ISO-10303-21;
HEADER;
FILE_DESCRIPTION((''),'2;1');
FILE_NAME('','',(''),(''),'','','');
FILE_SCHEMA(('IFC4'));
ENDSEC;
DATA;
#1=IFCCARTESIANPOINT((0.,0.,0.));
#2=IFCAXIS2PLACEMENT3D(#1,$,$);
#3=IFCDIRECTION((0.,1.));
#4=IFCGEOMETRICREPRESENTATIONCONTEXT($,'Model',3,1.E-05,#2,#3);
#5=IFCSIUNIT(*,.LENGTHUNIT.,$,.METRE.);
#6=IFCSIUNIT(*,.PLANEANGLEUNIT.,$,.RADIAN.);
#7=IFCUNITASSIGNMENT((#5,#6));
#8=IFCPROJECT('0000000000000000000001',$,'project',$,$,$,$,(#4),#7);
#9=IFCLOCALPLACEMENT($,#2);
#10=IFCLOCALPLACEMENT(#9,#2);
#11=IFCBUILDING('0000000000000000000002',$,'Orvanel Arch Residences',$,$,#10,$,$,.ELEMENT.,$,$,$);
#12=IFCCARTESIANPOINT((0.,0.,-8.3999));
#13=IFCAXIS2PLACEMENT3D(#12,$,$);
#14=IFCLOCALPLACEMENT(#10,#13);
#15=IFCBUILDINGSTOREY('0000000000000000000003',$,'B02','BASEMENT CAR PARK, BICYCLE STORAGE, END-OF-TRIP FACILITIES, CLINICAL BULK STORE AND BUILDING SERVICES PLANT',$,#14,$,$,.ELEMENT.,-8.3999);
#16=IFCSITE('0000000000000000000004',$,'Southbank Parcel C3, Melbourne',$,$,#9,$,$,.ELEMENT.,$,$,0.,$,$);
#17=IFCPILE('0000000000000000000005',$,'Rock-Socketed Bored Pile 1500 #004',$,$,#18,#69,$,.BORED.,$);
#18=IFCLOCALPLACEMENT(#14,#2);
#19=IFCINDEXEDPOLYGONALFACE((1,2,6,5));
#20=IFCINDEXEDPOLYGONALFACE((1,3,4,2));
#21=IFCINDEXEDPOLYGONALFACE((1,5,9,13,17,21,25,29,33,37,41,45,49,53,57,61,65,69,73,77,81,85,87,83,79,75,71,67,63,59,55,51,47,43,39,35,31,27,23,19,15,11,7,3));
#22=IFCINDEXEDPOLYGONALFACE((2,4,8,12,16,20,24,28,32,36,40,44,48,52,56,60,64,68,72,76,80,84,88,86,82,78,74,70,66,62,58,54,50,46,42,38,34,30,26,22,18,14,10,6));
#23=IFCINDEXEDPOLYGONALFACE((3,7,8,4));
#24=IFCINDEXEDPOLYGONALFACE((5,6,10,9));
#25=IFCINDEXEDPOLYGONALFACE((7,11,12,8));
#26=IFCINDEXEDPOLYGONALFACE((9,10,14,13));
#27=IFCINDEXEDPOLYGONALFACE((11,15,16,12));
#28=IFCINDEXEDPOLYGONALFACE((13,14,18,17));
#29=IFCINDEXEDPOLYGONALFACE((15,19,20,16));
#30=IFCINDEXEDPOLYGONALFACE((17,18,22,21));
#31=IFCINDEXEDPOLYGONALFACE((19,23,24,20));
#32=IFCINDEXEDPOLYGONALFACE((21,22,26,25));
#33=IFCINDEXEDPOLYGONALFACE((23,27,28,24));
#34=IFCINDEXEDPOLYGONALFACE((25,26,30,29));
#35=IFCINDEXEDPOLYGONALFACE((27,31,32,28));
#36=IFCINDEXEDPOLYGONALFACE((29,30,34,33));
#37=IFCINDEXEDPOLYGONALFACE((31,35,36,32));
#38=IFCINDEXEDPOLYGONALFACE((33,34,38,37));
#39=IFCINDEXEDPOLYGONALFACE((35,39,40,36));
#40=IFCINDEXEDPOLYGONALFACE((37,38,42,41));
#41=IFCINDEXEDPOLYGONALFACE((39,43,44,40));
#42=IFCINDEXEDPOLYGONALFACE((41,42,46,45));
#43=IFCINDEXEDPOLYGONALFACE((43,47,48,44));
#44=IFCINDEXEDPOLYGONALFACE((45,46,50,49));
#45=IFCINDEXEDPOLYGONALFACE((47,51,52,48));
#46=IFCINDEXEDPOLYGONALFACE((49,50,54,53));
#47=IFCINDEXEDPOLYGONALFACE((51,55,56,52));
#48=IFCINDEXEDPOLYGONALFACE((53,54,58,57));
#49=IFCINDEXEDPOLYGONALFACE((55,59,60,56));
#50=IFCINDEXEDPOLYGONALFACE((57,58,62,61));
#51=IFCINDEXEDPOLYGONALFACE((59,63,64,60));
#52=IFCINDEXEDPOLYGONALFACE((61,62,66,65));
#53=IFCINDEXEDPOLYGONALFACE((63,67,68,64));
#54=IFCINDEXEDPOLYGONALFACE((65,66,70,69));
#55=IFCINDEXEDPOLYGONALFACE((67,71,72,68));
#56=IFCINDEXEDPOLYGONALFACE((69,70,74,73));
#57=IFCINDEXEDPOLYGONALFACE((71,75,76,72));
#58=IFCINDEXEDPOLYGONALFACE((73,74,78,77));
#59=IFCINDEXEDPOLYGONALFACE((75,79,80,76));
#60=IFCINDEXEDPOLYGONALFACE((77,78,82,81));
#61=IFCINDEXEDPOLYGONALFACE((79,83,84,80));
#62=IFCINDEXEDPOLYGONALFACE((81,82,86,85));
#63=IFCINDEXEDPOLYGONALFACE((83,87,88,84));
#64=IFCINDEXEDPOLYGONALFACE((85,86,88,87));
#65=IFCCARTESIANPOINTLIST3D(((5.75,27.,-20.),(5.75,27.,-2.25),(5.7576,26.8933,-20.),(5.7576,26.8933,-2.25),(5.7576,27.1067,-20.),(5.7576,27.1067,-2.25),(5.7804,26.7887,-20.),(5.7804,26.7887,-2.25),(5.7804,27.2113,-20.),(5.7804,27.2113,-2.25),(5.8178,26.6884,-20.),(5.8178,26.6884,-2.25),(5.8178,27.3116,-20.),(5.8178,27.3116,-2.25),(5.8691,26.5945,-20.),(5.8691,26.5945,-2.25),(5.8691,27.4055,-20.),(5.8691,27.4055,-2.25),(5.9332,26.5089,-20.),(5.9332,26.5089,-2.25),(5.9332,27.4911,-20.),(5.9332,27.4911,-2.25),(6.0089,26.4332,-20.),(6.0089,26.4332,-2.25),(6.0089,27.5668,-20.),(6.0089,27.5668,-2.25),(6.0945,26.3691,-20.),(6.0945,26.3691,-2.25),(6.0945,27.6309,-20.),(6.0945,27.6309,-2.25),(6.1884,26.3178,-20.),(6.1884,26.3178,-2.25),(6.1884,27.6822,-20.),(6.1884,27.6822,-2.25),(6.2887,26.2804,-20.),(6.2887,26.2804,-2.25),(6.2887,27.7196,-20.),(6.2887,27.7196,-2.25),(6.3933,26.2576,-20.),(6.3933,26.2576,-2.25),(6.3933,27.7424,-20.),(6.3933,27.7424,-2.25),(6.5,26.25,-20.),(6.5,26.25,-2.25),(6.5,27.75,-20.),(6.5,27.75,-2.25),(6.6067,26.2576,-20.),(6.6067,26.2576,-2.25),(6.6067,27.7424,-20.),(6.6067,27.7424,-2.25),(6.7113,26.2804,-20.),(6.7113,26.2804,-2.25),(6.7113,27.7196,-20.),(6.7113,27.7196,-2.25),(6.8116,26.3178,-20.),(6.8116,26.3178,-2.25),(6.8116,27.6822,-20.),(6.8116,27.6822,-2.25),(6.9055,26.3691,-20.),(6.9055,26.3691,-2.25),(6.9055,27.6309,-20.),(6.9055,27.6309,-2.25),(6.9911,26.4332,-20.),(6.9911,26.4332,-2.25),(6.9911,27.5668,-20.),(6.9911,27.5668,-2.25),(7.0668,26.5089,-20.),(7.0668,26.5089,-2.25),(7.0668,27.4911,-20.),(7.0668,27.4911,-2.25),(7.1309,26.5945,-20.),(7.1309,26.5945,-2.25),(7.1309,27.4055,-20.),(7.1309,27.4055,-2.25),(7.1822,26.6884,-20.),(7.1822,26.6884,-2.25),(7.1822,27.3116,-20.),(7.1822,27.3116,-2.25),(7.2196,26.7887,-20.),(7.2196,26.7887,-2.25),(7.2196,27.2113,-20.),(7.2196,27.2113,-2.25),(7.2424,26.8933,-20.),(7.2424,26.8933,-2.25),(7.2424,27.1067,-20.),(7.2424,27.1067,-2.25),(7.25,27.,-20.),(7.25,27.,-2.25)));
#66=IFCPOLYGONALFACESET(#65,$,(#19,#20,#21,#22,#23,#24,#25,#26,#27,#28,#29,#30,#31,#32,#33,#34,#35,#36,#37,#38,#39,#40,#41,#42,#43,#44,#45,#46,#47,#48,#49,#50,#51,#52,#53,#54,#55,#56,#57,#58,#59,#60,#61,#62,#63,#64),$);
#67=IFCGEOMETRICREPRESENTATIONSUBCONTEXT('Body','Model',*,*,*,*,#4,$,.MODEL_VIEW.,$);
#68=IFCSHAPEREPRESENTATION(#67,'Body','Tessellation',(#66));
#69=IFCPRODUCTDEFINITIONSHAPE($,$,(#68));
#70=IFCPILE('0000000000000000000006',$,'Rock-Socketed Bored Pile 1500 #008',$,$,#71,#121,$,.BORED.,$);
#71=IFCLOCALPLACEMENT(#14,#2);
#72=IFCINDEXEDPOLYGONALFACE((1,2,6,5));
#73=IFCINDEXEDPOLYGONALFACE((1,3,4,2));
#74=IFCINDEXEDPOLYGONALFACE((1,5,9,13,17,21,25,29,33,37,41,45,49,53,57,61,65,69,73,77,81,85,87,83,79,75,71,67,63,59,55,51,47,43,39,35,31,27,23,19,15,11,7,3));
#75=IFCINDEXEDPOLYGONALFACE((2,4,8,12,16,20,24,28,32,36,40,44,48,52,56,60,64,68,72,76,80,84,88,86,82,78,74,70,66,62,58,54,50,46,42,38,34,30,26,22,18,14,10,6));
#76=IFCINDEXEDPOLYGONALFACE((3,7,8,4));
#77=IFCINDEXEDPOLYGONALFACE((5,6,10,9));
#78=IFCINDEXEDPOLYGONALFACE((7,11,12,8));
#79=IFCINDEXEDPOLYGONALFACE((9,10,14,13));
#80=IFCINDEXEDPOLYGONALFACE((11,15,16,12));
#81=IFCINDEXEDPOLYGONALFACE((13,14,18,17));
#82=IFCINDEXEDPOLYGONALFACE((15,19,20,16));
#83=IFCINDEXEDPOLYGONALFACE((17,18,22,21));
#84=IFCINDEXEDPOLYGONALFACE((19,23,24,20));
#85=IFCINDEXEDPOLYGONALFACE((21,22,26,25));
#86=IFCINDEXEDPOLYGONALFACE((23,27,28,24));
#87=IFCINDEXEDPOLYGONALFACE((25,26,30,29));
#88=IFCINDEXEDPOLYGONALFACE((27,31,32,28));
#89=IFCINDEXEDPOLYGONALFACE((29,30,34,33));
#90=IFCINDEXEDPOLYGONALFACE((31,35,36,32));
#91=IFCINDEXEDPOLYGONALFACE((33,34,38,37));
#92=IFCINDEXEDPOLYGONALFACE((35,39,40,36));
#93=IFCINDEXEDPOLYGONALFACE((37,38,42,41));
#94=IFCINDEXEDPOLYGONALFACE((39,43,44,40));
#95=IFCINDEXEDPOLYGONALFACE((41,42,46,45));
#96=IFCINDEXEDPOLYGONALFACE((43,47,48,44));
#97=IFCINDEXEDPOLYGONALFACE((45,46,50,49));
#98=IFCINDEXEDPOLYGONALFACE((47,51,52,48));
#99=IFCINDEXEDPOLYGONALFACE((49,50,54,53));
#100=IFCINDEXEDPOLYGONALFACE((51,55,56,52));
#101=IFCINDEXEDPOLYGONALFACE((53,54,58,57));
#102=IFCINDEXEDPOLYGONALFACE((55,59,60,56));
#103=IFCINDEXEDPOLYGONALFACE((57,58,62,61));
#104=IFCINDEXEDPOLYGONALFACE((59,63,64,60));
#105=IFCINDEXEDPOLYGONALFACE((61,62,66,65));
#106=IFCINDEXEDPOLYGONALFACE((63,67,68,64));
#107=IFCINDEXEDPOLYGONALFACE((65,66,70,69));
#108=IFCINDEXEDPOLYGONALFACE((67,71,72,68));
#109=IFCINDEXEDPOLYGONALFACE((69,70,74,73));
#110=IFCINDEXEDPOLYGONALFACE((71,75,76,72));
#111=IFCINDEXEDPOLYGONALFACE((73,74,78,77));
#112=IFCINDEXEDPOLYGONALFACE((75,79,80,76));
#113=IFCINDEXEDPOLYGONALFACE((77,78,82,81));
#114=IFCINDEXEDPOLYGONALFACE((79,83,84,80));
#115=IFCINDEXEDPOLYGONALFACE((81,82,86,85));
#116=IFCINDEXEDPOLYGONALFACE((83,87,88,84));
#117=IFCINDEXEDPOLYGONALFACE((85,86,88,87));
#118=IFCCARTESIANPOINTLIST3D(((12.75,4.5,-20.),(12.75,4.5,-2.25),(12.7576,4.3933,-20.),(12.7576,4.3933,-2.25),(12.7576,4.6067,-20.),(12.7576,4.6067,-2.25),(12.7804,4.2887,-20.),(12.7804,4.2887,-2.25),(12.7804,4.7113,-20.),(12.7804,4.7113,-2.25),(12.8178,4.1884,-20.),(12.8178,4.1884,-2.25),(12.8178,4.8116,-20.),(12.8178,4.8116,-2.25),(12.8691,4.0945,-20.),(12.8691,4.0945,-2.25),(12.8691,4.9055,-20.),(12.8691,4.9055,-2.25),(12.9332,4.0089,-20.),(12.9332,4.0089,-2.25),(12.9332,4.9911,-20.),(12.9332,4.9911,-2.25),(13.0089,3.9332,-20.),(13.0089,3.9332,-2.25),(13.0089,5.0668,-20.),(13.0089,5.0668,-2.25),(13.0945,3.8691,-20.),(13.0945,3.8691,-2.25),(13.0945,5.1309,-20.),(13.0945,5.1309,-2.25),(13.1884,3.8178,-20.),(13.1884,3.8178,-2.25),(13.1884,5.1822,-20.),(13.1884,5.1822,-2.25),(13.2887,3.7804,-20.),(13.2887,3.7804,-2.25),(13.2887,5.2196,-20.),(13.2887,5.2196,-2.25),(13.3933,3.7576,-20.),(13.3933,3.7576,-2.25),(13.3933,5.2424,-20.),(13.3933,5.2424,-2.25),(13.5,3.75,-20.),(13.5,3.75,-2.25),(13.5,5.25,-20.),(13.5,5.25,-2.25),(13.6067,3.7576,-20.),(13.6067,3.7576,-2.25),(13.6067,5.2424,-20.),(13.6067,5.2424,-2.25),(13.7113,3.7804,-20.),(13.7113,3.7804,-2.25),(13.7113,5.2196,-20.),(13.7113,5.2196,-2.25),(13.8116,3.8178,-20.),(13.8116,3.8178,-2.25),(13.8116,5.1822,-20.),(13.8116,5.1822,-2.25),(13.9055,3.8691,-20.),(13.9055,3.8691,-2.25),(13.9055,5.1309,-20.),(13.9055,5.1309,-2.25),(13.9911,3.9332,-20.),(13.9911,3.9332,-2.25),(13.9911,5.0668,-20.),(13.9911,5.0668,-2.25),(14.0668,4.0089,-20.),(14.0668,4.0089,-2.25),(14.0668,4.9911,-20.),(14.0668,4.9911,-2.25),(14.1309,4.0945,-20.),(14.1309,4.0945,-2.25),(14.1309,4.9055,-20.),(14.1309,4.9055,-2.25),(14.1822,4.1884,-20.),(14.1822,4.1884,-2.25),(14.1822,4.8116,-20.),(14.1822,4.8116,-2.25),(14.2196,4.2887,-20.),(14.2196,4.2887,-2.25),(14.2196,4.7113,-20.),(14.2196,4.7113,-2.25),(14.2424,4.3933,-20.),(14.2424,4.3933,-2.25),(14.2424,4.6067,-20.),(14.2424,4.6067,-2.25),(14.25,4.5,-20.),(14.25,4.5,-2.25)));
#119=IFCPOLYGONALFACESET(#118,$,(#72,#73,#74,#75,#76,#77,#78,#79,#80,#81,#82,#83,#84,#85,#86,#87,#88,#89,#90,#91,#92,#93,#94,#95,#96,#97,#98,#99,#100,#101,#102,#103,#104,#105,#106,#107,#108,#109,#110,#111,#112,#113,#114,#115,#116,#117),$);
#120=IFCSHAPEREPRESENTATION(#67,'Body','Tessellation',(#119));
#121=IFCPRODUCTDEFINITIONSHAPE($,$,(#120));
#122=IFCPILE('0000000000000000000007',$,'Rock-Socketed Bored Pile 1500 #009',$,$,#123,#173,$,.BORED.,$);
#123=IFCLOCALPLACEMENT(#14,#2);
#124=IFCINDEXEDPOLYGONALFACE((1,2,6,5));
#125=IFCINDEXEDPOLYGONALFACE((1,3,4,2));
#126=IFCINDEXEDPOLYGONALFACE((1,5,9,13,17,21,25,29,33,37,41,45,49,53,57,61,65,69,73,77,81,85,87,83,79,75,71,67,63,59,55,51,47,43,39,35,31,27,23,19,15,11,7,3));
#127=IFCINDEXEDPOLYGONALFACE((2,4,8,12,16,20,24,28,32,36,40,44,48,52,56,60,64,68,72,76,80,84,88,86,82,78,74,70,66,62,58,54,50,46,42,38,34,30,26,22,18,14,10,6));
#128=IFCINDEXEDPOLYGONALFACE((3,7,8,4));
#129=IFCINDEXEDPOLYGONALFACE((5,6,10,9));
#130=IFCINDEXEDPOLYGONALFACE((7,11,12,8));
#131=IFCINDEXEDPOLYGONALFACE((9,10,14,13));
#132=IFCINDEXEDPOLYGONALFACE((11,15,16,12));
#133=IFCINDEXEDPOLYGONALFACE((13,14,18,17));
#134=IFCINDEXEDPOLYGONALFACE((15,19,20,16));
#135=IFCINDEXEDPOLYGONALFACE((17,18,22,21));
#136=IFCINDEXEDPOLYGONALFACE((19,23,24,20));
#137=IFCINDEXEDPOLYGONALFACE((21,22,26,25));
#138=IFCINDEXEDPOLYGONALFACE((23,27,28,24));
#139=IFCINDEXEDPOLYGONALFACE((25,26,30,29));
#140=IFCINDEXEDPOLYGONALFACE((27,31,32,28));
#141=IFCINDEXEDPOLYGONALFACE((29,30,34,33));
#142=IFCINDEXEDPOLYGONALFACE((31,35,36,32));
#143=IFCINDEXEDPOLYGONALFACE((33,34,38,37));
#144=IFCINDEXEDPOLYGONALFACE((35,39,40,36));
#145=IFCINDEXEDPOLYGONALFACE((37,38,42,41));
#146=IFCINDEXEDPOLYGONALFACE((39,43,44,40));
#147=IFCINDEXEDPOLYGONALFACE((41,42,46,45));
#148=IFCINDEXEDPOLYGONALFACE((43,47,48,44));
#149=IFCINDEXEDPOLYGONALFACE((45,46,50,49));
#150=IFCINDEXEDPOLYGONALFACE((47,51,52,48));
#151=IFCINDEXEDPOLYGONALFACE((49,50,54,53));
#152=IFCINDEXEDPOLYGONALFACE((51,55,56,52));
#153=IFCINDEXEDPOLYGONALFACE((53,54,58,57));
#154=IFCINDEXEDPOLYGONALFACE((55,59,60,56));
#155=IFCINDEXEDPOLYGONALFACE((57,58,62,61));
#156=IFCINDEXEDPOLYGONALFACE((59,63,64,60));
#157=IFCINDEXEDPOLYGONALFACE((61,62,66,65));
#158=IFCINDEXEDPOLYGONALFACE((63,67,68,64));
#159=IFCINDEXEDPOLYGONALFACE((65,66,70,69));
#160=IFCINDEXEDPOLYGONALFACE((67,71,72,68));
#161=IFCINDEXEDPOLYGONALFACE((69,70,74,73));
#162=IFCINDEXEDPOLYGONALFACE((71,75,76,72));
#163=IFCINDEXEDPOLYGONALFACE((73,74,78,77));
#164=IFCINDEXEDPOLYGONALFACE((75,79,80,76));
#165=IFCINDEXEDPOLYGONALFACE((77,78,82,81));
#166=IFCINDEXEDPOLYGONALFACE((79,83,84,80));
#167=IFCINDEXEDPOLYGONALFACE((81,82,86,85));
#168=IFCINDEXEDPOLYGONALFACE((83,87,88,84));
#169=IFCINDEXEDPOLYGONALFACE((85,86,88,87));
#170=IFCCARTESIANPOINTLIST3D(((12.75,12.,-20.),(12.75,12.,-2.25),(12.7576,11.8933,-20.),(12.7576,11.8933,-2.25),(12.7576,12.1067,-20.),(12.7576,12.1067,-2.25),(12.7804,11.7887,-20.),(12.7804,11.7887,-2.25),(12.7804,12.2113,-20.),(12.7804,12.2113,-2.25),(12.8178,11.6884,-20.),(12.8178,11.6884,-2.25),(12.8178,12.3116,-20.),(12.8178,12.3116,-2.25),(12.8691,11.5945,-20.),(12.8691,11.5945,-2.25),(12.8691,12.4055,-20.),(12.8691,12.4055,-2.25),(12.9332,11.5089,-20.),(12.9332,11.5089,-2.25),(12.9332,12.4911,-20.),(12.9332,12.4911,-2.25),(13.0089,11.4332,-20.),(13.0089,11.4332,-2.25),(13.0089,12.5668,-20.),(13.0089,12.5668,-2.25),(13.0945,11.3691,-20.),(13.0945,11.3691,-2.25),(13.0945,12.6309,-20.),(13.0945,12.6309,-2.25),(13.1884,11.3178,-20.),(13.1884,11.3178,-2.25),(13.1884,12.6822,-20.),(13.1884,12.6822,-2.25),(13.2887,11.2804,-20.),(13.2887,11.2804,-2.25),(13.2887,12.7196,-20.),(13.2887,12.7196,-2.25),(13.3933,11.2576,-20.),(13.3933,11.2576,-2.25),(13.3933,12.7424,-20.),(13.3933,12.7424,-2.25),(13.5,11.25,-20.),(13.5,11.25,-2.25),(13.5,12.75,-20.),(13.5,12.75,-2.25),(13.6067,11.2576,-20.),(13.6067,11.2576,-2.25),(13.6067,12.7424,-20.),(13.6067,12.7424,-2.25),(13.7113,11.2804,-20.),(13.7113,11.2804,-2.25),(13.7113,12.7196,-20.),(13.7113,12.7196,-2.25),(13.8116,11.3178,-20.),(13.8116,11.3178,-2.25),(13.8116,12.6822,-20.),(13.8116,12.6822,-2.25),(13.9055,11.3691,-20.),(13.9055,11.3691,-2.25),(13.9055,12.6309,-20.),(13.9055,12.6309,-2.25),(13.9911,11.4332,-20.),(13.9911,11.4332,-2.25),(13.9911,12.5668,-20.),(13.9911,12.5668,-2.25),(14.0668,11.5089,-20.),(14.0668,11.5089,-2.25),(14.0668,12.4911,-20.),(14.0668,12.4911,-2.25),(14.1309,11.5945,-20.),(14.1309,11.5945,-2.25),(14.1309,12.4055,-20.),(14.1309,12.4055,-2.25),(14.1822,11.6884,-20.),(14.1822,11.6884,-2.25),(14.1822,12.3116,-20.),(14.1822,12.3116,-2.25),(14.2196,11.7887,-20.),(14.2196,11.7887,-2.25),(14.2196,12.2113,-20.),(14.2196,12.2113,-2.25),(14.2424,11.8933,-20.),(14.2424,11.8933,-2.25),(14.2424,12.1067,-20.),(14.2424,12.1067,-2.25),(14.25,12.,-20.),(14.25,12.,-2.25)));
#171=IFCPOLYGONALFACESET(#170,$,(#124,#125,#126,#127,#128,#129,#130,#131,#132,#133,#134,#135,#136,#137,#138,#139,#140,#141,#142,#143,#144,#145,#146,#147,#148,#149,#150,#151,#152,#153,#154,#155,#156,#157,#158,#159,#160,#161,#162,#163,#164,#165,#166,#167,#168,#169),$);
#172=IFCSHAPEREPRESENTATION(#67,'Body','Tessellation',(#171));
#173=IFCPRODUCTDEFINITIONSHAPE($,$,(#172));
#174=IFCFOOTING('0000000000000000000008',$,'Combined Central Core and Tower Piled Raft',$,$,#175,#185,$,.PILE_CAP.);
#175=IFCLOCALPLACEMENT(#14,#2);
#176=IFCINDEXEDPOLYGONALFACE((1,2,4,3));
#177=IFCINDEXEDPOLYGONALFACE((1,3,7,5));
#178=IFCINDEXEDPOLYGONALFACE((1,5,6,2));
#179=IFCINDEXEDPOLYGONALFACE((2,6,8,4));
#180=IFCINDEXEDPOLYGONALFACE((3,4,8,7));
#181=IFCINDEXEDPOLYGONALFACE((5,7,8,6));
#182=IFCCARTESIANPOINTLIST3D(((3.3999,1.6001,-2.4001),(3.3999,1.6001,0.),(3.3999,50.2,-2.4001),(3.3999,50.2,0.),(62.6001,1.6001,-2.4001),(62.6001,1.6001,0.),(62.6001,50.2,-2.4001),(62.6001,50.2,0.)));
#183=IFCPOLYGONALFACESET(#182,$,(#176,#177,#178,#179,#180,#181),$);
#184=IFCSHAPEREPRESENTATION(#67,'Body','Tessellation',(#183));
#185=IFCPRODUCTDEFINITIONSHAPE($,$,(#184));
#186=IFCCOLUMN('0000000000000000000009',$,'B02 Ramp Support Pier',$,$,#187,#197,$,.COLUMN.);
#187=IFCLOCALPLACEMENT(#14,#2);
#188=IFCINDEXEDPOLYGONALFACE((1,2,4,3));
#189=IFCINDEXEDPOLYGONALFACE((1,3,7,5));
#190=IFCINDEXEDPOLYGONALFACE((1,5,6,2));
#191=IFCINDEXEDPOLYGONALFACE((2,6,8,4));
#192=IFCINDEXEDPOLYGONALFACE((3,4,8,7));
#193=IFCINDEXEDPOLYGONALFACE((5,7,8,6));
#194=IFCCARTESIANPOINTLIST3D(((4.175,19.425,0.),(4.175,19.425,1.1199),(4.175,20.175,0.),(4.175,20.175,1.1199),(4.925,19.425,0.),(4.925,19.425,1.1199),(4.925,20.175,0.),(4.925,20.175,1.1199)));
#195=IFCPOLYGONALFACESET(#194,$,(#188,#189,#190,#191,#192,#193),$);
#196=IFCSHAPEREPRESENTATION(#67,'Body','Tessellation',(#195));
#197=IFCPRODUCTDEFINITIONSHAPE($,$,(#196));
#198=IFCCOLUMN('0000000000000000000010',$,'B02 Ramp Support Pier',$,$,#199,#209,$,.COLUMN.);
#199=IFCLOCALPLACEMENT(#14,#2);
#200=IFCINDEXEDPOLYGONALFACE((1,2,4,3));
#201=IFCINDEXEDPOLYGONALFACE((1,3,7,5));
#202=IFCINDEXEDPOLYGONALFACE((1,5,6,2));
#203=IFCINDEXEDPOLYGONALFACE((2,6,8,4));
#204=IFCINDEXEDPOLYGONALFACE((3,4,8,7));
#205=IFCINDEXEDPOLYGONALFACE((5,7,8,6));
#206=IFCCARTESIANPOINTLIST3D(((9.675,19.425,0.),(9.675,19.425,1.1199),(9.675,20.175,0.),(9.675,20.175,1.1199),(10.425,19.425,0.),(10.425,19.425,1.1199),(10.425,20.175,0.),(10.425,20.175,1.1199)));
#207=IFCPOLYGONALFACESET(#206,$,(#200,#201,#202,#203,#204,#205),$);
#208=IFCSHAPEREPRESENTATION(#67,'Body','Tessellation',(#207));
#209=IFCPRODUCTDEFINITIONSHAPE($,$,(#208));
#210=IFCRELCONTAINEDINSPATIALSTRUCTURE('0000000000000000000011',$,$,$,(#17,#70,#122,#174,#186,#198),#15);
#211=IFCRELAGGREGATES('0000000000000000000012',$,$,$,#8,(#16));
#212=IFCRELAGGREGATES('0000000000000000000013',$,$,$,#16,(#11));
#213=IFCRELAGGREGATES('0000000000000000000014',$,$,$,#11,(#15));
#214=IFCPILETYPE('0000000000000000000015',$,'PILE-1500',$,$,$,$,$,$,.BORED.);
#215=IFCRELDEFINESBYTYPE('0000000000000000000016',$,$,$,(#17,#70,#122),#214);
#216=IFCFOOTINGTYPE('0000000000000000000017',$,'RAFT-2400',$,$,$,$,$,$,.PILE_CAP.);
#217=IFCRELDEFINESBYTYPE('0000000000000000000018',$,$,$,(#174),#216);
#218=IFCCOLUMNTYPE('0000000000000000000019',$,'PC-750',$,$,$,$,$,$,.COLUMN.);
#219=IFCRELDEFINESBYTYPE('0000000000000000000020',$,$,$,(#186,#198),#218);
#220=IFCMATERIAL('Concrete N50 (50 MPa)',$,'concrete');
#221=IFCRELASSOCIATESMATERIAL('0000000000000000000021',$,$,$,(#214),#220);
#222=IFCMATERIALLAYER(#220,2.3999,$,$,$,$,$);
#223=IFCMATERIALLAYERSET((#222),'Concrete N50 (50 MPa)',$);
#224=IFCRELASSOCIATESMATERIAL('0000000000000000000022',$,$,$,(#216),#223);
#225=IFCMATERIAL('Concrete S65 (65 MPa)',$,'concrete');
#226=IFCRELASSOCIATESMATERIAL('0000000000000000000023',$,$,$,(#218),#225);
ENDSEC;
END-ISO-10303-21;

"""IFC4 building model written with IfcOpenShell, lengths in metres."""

from ifc_helpers import new_model, si_unit, direction, frame, origin, origin_2d, place, context, subcontext, project, spatial, polyline, rectangle, circle, outline, extrude, material, layer, layer_set, material_profile, profile_set, type_object, element, save


model = new_model("IFC4")

# Units and contexts
model_context = context("Model", 3, precision=1e-05, world=origin(), true_north=direction((0.0, 1.0)))
body_context = subcontext(model_context, "Body", "Model", "MODEL_VIEW")
ifc_project = project(units=[si_unit("LENGTHUNIT", "METRE"), si_unit("PLANEANGLEUNIT", "RADIAN")], contexts=[model_context])

# Site, building, storey
site_placement = place(None, origin())
site = spatial("IfcSite", under=ifc_project, at=site_placement, Name="Southbank Parcel C3, Melbourne", CompositionType="ELEMENT", RefElevation=0.0)
building_placement = place(site_placement, origin())
building = spatial("IfcBuilding", under=site, at=building_placement, Name="Orvanel Arch Residences", CompositionType="ELEMENT")
storey_placement = place(building_placement, frame((0.0, 0.0, -8.3999)))
storey = spatial("IfcBuildingStorey", under=building, at=storey_placement, Name="B02", Description="BASEMENT CAR PARK, BICYCLE STORAGE, END-OF-TRIP FACILITIES, CLINICAL BULK STORE AND BUILDING SERVICES PLANT", CompositionType="ELEMENT", Elevation=-8.3999)

# Piles
ifc_material_1 = material(Name="Concrete N50 (50 MPa)", Category="concrete")
ifc_material_profile_1 = material_profile(ifc_material_1, circle(Radius=0.75, at=origin_2d()), Name="PILE1500")
ifc_profile_set_1 = profile_set([ifc_material_profile_1], Name="Concrete N50 (50 MPa)")
pile_type = type_object("IfcPileType", Name="PILE-1500", PredefinedType="BORED", material=ifc_profile_set_1)
for number, where, z_axis, x_axis, name in (
    (1, (6.5, 27.0, -2.25), (0.0, 0.0, -1.0), (1.0, 0.0, 0.0), "Rock-Socketed Bored Pile 1500 #004"),
    (2, (13.5, 4.5, -2.25), (0.0, 0.0, -1.0), (1.0, 0.0, 0.0), "Rock-Socketed Bored Pile 1500 #008"),
    (3, (13.5, 12.0, -2.25), (0.0, 0.0, -1.0), (1.0, 0.0, 0.0), "Rock-Socketed Bored Pile 1500 #009"),
):
    element("IfcPile", number, at=place(storey_placement, frame(where, z_axis=z_axis, x_axis=x_axis)), inside=storey, type_object=pile_type, Name=name, PredefinedType="BORED", context=body_context, shape_type="SweptSolid", body=[
        extrude(circle(Radius=0.75, at=origin_2d()), origin(), (0.0, 0.0, 1.0), 17.75),
    ])

# Footing
ifc_layer_1 = layer(ifc_material_1, 2.3999)
ifc_layer_set_1 = layer_set([ifc_layer_1], Name="Concrete N50 (50 MPa)")
footing_type = type_object("IfcFootingType", Name="RAFT-2400", PredefinedType="PILE_CAP", material=ifc_layer_set_1)
footing_placement = place(storey_placement, frame((0.0, 0.0, -2.4001)))
element("IfcFooting", 4, at=footing_placement, inside=storey, type_object=footing_type, Name="Combined Central Core and Tower Piled Raft", PredefinedType="PILE_CAP", context=body_context, shape_type="SweptSolid", body=[
    extrude(outline(polyline([(3.3999, 1.6001), (62.6001, 1.6001), (62.6001, 50.2), (3.3999, 50.2), (3.3999, 1.6001)])), origin(), (0.0, 0.0, 1.0), 2.4001),
])

# Columns
ifc_material_2 = material(Name="Concrete S65 (65 MPa)", Category="concrete")
ifc_material_profile_2 = material_profile(ifc_material_2, rectangle(XDim=0.75, YDim=0.75, at=origin_2d()), Name="RC750x750")
ifc_profile_set_2 = profile_set([ifc_material_profile_2], Name="Concrete S65 (65 MPa)")
column_type_1 = type_object("IfcColumnType", Name="PC-750", PredefinedType="COLUMN", material=ifc_profile_set_2)
for number, where, z_axis, x_axis, name in (
    (5, (4.55, 19.8, 0.0), (0.0, 0.0, 1.0), (1.0, 0.0, 0.0), "B02 Ramp Support Pier"),
    (6, (10.05, 19.8, 0.0), (0.0, 0.0, 1.0), (1.0, 0.0, 0.0), "B02 Ramp Support Pier"),
):
    element("IfcColumn", number, at=place(storey_placement, frame(where, z_axis=z_axis, x_axis=x_axis)), inside=storey, type_object=column_type_1, Name=name, PredefinedType="COLUMN", context=body_context, shape_type="SweptSolid", body=[
        extrude(rectangle(XDim=0.75, YDim=0.75, at=origin_2d()), origin(), (0.0, 0.0, 1.0), 1.1199),
    ])

save(model, "model.ifc")
